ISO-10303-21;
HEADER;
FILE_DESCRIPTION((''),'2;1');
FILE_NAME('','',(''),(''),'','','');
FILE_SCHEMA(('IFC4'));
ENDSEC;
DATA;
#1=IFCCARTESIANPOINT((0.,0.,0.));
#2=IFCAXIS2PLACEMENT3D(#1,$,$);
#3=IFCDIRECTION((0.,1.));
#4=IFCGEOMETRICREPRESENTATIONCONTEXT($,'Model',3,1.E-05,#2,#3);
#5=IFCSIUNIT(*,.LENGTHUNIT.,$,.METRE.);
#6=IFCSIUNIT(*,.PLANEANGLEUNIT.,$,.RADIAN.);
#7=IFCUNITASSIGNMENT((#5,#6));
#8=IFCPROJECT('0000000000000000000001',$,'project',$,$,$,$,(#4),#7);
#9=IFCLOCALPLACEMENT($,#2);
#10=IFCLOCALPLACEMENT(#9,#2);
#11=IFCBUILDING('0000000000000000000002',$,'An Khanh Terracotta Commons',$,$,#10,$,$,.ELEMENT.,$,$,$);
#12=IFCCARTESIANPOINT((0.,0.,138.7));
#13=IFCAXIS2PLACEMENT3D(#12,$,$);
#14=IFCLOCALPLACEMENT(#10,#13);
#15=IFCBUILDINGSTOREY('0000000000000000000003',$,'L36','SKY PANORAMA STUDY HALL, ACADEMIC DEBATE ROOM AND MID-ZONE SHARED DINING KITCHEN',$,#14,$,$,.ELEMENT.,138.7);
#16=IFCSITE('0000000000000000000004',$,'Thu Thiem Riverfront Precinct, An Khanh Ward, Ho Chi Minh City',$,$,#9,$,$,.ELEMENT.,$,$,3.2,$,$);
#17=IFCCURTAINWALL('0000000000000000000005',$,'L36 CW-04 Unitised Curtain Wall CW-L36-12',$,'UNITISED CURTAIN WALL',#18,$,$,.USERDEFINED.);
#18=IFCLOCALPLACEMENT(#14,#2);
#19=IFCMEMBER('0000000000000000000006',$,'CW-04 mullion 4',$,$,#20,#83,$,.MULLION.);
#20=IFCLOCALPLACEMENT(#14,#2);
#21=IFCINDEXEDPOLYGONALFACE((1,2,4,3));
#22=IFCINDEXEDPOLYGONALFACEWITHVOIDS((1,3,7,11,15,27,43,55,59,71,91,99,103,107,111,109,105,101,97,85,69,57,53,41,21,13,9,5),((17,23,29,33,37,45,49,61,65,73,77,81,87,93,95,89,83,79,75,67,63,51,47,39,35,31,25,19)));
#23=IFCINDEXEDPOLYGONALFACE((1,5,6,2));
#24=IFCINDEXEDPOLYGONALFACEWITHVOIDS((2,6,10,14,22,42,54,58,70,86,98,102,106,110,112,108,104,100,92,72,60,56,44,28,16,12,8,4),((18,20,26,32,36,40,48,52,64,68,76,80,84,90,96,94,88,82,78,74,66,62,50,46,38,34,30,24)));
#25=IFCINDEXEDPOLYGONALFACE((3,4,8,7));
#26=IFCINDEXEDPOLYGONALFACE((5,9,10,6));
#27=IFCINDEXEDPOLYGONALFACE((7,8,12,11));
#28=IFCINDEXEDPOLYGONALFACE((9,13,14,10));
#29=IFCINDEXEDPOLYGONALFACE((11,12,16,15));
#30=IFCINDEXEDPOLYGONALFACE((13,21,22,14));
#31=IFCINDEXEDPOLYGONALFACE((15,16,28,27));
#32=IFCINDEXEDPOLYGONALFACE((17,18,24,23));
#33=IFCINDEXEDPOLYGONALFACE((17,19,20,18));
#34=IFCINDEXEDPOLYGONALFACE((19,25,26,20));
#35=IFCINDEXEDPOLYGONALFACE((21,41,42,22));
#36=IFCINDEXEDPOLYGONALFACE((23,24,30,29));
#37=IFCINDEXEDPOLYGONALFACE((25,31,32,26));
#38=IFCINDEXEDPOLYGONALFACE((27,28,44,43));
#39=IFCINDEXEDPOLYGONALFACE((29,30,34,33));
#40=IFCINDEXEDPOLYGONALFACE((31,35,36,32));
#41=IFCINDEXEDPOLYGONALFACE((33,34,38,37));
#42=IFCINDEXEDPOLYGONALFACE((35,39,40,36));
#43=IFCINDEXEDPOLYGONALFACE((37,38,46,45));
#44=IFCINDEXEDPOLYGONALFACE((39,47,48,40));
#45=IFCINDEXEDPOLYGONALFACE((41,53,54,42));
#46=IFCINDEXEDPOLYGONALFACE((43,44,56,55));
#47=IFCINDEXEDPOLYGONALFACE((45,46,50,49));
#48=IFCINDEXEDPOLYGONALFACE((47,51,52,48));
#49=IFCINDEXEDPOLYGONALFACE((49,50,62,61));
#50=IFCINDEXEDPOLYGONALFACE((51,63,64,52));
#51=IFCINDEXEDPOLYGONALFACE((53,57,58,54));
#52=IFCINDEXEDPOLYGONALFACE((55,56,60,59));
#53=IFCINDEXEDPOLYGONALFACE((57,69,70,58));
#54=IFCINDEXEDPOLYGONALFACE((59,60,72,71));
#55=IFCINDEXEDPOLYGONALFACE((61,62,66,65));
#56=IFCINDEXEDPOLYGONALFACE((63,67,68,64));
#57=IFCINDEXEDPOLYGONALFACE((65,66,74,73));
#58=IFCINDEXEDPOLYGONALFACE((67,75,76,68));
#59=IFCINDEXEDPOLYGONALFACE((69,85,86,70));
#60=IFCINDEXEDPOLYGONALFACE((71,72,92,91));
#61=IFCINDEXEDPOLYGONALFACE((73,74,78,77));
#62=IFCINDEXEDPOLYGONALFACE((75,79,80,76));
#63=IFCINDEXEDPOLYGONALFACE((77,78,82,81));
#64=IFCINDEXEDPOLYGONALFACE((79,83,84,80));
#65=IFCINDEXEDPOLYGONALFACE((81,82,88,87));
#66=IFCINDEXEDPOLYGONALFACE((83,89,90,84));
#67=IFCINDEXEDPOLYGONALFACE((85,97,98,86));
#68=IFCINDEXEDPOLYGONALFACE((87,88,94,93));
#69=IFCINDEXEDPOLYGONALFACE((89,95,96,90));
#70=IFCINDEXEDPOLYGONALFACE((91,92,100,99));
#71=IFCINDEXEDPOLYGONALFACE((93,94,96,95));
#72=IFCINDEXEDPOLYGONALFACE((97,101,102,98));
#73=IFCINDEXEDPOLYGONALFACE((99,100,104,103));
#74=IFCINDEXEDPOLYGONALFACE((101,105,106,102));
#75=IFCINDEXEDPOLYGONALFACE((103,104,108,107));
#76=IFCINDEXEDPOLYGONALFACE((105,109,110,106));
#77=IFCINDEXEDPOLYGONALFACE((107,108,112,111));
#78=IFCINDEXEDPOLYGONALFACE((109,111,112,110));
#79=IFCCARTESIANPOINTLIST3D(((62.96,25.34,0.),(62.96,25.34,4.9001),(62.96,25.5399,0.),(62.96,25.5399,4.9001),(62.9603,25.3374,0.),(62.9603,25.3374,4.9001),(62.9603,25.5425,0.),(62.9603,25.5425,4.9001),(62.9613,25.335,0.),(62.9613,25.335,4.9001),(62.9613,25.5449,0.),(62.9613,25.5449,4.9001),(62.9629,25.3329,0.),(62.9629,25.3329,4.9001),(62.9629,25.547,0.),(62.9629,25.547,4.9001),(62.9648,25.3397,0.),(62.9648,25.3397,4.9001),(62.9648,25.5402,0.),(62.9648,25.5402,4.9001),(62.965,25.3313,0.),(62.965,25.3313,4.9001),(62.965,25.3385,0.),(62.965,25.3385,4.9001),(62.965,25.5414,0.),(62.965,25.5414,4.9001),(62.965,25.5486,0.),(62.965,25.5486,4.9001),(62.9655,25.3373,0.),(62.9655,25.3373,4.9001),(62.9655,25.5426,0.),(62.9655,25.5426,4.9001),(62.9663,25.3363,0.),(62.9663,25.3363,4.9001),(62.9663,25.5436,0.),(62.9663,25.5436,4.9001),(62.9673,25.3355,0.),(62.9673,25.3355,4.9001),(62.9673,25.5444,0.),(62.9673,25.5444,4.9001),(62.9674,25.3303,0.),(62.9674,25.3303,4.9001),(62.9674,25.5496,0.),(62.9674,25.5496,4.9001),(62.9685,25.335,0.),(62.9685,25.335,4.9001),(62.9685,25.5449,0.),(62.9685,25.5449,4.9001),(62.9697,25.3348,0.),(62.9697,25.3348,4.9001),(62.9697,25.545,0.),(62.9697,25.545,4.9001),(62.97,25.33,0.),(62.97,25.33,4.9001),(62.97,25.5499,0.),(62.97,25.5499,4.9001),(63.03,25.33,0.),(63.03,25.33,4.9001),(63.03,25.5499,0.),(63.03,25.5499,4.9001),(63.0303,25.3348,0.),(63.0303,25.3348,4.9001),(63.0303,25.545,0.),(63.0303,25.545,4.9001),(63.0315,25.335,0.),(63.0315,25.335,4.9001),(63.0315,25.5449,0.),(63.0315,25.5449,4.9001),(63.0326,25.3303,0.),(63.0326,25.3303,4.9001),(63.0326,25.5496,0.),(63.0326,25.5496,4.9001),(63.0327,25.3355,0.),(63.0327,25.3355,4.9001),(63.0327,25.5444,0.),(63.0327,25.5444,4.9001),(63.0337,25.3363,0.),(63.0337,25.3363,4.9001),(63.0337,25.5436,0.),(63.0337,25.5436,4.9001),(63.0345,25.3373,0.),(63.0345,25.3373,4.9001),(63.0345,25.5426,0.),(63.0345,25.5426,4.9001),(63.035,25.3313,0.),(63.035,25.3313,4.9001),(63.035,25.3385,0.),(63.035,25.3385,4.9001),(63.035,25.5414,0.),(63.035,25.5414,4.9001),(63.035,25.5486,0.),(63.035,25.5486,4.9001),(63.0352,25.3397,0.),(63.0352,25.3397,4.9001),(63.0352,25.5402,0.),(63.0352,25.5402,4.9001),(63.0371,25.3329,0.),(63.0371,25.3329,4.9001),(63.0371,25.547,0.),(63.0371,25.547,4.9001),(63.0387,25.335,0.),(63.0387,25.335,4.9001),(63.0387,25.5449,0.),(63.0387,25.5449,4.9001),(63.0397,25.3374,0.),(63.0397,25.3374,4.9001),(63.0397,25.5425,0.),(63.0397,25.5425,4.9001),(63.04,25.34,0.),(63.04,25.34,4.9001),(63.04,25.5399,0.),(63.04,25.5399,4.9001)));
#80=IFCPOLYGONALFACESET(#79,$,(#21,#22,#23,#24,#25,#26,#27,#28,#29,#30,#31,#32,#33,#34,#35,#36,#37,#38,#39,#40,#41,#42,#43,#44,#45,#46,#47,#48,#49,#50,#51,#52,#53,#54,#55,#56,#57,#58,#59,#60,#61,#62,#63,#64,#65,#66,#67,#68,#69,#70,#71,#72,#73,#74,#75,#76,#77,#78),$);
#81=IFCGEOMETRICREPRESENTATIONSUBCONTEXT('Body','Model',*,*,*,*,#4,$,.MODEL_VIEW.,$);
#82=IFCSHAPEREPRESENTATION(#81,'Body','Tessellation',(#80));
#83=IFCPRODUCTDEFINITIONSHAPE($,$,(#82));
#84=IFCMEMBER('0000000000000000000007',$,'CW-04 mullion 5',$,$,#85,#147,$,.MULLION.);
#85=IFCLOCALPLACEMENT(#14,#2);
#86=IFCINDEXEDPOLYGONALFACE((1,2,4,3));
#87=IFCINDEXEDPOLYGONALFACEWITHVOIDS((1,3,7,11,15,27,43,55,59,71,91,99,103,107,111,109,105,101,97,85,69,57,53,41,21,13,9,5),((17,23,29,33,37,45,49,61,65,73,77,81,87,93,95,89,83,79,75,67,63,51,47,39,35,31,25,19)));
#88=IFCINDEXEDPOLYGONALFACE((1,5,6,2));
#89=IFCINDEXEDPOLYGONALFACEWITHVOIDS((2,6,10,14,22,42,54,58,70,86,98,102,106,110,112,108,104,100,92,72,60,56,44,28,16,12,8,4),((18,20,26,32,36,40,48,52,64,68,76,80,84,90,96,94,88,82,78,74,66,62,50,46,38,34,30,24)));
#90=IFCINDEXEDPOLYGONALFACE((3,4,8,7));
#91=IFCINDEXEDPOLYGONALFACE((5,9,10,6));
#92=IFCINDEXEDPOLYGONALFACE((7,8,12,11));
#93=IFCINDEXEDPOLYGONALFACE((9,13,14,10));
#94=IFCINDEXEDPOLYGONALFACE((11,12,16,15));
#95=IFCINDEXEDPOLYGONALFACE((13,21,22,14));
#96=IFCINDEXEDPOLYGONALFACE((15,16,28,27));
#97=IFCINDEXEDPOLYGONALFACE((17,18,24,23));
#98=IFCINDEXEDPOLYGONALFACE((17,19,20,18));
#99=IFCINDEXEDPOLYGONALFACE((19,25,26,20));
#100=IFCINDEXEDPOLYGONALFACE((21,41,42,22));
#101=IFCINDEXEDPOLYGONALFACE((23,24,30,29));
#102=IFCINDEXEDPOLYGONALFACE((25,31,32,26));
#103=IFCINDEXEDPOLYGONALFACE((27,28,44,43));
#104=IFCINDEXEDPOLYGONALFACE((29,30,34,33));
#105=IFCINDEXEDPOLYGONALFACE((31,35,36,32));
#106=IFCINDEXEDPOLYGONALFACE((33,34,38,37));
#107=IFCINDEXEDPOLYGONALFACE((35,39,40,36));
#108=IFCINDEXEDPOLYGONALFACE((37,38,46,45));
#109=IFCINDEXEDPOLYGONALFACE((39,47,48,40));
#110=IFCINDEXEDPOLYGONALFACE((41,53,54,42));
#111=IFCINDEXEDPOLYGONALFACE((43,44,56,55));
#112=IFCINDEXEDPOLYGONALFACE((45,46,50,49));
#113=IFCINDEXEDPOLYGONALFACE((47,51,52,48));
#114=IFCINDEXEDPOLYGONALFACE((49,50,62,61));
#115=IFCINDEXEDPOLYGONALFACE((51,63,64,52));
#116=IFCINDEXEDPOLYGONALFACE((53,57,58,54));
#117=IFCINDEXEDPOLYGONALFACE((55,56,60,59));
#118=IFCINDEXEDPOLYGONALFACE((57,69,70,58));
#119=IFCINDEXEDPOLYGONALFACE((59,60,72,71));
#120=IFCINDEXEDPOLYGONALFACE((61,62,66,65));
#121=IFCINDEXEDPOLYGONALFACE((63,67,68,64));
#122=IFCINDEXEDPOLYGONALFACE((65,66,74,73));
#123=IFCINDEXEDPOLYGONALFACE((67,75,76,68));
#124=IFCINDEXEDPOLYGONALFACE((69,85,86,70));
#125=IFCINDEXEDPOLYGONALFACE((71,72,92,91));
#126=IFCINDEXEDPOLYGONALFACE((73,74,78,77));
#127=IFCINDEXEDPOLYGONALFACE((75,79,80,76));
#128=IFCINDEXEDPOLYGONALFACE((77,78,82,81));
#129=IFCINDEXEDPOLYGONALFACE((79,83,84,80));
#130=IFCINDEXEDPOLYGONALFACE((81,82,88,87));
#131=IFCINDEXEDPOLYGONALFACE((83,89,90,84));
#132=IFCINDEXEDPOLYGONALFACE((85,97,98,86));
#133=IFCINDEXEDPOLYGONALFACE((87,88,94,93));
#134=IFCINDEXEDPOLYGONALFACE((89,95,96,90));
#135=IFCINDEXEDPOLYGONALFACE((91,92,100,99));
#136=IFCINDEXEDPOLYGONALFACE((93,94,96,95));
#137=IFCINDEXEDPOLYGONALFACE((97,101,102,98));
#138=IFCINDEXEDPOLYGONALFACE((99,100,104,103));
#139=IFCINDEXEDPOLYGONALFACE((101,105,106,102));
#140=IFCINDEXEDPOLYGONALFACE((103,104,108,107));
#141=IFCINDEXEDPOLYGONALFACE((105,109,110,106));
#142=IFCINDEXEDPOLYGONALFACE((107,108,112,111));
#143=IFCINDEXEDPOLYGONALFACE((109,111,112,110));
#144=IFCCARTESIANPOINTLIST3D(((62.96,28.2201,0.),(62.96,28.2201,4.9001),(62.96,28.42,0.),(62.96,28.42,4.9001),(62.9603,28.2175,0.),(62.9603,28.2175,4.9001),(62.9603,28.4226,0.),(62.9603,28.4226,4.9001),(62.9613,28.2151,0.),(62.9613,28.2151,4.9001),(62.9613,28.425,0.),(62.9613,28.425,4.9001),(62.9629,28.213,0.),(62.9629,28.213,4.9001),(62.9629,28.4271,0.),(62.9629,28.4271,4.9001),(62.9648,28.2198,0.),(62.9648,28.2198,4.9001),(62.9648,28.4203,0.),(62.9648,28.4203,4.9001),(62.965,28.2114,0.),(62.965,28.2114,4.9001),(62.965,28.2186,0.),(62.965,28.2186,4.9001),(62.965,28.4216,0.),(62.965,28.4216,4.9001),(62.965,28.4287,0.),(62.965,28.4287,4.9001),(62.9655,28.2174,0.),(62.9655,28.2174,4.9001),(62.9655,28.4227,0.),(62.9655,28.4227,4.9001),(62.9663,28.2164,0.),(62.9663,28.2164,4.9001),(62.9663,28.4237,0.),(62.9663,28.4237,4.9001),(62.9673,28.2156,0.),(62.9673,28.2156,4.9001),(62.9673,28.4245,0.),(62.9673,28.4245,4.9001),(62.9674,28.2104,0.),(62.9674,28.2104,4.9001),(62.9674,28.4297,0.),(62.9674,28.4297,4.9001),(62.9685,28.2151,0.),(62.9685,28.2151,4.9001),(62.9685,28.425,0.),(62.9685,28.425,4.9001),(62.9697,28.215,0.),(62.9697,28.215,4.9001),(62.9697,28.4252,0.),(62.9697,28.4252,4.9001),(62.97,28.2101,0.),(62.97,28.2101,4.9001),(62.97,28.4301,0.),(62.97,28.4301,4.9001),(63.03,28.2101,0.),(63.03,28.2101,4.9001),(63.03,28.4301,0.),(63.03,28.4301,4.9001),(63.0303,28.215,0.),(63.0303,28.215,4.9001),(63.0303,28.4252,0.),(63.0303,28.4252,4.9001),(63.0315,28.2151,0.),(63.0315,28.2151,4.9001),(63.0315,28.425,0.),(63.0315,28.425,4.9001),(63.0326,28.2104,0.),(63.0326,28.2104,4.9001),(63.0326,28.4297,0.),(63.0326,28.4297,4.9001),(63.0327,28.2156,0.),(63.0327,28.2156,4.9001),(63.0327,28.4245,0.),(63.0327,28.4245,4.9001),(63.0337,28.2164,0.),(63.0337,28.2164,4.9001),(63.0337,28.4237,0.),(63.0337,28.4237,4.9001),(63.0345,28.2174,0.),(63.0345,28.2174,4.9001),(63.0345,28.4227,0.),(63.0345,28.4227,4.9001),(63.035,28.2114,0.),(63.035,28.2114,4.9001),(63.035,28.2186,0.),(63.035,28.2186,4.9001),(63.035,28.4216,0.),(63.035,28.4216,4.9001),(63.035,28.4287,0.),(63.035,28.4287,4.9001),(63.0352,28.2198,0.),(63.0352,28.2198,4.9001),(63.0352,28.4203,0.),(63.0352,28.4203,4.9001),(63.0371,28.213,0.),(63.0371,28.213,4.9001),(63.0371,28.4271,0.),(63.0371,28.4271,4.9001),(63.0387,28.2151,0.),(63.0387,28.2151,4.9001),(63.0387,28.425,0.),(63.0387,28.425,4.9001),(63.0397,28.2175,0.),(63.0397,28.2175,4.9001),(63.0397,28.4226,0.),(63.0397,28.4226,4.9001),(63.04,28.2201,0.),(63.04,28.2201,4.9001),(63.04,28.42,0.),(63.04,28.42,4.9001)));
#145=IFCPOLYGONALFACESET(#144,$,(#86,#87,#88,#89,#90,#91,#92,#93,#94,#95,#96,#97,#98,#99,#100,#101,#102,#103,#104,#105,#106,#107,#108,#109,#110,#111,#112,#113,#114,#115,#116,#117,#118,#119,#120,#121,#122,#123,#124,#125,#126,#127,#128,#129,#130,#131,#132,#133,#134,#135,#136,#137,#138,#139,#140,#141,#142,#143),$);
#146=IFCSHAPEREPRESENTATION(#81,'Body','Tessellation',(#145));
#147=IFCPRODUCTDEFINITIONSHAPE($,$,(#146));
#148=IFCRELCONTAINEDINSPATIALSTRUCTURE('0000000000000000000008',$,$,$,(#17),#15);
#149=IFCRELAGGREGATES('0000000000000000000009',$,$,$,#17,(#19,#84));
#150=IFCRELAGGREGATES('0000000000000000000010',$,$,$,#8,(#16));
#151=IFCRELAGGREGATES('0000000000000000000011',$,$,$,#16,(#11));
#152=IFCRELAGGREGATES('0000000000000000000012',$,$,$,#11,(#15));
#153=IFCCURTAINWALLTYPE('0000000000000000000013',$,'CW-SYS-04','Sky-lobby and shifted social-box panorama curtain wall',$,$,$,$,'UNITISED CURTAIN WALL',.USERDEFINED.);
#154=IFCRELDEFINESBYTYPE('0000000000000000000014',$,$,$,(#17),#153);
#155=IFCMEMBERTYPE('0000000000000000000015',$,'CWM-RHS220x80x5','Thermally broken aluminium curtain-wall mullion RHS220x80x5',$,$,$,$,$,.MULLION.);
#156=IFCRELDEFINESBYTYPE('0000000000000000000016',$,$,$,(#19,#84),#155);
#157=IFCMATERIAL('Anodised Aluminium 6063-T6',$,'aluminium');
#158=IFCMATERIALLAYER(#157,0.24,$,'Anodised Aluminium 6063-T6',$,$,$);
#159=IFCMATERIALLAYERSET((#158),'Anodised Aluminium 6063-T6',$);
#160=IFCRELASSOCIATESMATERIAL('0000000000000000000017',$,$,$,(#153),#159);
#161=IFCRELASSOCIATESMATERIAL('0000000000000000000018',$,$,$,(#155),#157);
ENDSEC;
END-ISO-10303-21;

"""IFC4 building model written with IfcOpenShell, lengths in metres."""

from ifc_helpers import new_model, si_unit, direction, frame, origin, origin_2d, place, context, subcontext, project, spatial, hollow_rectangle, extrude, material, layer, layer_set, material_profile, profile_set, type_object, element, aggregate, save


model = new_model("IFC4")

# Units and contexts
model_context = context("Model", 3, precision=1e-05, world=origin(), true_north=direction((0.0, 1.0)))
body_context = subcontext(model_context, "Body", "Model", "MODEL_VIEW")
ifc_project = project(units=[si_unit("LENGTHUNIT", "METRE"), si_unit("PLANEANGLEUNIT", "RADIAN")], contexts=[model_context])

# Site, building, storey
site_placement = place(None, origin())
site = spatial("IfcSite", under=ifc_project, at=site_placement, Name="Thu Thiem Riverfront Precinct, An Khanh Ward, Ho Chi Minh City", CompositionType="ELEMENT", RefElevation=3.2)
building_placement = place(site_placement, origin())
building = spatial("IfcBuilding", under=site, at=building_placement, Name="An Khanh Terracotta Commons", CompositionType="ELEMENT")
storey_placement = place(building_placement, frame((0.0, 0.0, 138.7)))
storey = spatial("IfcBuildingStorey", under=building, at=storey_placement, Name="L36", Description="SKY PANORAMA STUDY HALL, ACADEMIC DEBATE ROOM AND MID-ZONE SHARED DINING KITCHEN", CompositionType="ELEMENT", Elevation=138.7)

# Curtain wall, members
ifc_material_1 = material(Name="Anodised Aluminium 6063-T6", Category="aluminium")
ifc_layer_1 = layer(ifc_material_1, 0.24, Name="Anodised Aluminium 6063-T6")
ifc_layer_set_1 = layer_set([ifc_layer_1], Name="Anodised Aluminium 6063-T6")
curtain_wall_type = type_object("IfcCurtainWallType", Name="CW-SYS-04", Description="Sky-lobby and shifted social-box panorama curtain wall", ElementType="UNITISED CURTAIN WALL", PredefinedType="USERDEFINED", material=ifc_layer_set_1)
curtain_wall_1_placement = place(storey_placement, origin())
curtain_wall_1 = element("IfcCurtainWall", 1, at=curtain_wall_1_placement, inside=storey, type_object=curtain_wall_type, Name="L36 CW-04 Unitised Curtain Wall CW-L36-12", ObjectType="UNITISED CURTAIN WALL", PredefinedType="USERDEFINED")
ifc_material_profile_1 = material_profile(ifc_material_1, hollow_rectangle(XDim=0.0801, YDim=0.22, WallThickness=0.0049, InnerFilletRadius=0.0049, OuterFilletRadius=0.01, at=origin_2d()), Name="RHS220x80x5")
ifc_profile_set_1 = profile_set([ifc_material_profile_1], Name="Anodised Aluminium 6063-T6")
member_type_1 = type_object("IfcMemberType", Name="CWM-RHS220x80x5", Description="Thermally broken aluminium curtain-wall mullion RHS220x80x5", PredefinedType="MULLION", material=ifc_profile_set_1)
member_1_placement = place(storey_placement, frame((63.0, 25.4399, 0.0), z_axis=(0.0, 0.0, 1.0), x_axis=(-1.0, 0.0, 0.0)))
member_1 = element("IfcMember", 2, at=member_1_placement, type_object=member_type_1, Name="CW-04 mullion 4", PredefinedType="MULLION", context=body_context, shape_type="SweptSolid", body=[
    extrude(hollow_rectangle(XDim=0.0801, YDim=0.22, WallThickness=0.0049, InnerFilletRadius=0.0049, OuterFilletRadius=0.01, at=origin_2d()), origin(), (0.0, 0.0, 1.0), 4.9001),
])
member_2_placement = place(storey_placement, frame((63.0, 28.3201, 0.0), z_axis=(0.0, 0.0, 1.0), x_axis=(-1.0, 0.0, 0.0)))
member_2 = element("IfcMember", 3, at=member_2_placement, type_object=member_type_1, Name="CW-04 mullion 5", PredefinedType="MULLION", context=body_context, shape_type="SweptSolid", body=[
    extrude(hollow_rectangle(XDim=0.0801, YDim=0.22, WallThickness=0.0049, InnerFilletRadius=0.0049, OuterFilletRadius=0.01, at=origin_2d()), origin(), (0.0, 0.0, 1.0), 4.9001),
])

aggregate(curtain_wall_1, [member_1, member_2])

save(model, "model.ifc")
